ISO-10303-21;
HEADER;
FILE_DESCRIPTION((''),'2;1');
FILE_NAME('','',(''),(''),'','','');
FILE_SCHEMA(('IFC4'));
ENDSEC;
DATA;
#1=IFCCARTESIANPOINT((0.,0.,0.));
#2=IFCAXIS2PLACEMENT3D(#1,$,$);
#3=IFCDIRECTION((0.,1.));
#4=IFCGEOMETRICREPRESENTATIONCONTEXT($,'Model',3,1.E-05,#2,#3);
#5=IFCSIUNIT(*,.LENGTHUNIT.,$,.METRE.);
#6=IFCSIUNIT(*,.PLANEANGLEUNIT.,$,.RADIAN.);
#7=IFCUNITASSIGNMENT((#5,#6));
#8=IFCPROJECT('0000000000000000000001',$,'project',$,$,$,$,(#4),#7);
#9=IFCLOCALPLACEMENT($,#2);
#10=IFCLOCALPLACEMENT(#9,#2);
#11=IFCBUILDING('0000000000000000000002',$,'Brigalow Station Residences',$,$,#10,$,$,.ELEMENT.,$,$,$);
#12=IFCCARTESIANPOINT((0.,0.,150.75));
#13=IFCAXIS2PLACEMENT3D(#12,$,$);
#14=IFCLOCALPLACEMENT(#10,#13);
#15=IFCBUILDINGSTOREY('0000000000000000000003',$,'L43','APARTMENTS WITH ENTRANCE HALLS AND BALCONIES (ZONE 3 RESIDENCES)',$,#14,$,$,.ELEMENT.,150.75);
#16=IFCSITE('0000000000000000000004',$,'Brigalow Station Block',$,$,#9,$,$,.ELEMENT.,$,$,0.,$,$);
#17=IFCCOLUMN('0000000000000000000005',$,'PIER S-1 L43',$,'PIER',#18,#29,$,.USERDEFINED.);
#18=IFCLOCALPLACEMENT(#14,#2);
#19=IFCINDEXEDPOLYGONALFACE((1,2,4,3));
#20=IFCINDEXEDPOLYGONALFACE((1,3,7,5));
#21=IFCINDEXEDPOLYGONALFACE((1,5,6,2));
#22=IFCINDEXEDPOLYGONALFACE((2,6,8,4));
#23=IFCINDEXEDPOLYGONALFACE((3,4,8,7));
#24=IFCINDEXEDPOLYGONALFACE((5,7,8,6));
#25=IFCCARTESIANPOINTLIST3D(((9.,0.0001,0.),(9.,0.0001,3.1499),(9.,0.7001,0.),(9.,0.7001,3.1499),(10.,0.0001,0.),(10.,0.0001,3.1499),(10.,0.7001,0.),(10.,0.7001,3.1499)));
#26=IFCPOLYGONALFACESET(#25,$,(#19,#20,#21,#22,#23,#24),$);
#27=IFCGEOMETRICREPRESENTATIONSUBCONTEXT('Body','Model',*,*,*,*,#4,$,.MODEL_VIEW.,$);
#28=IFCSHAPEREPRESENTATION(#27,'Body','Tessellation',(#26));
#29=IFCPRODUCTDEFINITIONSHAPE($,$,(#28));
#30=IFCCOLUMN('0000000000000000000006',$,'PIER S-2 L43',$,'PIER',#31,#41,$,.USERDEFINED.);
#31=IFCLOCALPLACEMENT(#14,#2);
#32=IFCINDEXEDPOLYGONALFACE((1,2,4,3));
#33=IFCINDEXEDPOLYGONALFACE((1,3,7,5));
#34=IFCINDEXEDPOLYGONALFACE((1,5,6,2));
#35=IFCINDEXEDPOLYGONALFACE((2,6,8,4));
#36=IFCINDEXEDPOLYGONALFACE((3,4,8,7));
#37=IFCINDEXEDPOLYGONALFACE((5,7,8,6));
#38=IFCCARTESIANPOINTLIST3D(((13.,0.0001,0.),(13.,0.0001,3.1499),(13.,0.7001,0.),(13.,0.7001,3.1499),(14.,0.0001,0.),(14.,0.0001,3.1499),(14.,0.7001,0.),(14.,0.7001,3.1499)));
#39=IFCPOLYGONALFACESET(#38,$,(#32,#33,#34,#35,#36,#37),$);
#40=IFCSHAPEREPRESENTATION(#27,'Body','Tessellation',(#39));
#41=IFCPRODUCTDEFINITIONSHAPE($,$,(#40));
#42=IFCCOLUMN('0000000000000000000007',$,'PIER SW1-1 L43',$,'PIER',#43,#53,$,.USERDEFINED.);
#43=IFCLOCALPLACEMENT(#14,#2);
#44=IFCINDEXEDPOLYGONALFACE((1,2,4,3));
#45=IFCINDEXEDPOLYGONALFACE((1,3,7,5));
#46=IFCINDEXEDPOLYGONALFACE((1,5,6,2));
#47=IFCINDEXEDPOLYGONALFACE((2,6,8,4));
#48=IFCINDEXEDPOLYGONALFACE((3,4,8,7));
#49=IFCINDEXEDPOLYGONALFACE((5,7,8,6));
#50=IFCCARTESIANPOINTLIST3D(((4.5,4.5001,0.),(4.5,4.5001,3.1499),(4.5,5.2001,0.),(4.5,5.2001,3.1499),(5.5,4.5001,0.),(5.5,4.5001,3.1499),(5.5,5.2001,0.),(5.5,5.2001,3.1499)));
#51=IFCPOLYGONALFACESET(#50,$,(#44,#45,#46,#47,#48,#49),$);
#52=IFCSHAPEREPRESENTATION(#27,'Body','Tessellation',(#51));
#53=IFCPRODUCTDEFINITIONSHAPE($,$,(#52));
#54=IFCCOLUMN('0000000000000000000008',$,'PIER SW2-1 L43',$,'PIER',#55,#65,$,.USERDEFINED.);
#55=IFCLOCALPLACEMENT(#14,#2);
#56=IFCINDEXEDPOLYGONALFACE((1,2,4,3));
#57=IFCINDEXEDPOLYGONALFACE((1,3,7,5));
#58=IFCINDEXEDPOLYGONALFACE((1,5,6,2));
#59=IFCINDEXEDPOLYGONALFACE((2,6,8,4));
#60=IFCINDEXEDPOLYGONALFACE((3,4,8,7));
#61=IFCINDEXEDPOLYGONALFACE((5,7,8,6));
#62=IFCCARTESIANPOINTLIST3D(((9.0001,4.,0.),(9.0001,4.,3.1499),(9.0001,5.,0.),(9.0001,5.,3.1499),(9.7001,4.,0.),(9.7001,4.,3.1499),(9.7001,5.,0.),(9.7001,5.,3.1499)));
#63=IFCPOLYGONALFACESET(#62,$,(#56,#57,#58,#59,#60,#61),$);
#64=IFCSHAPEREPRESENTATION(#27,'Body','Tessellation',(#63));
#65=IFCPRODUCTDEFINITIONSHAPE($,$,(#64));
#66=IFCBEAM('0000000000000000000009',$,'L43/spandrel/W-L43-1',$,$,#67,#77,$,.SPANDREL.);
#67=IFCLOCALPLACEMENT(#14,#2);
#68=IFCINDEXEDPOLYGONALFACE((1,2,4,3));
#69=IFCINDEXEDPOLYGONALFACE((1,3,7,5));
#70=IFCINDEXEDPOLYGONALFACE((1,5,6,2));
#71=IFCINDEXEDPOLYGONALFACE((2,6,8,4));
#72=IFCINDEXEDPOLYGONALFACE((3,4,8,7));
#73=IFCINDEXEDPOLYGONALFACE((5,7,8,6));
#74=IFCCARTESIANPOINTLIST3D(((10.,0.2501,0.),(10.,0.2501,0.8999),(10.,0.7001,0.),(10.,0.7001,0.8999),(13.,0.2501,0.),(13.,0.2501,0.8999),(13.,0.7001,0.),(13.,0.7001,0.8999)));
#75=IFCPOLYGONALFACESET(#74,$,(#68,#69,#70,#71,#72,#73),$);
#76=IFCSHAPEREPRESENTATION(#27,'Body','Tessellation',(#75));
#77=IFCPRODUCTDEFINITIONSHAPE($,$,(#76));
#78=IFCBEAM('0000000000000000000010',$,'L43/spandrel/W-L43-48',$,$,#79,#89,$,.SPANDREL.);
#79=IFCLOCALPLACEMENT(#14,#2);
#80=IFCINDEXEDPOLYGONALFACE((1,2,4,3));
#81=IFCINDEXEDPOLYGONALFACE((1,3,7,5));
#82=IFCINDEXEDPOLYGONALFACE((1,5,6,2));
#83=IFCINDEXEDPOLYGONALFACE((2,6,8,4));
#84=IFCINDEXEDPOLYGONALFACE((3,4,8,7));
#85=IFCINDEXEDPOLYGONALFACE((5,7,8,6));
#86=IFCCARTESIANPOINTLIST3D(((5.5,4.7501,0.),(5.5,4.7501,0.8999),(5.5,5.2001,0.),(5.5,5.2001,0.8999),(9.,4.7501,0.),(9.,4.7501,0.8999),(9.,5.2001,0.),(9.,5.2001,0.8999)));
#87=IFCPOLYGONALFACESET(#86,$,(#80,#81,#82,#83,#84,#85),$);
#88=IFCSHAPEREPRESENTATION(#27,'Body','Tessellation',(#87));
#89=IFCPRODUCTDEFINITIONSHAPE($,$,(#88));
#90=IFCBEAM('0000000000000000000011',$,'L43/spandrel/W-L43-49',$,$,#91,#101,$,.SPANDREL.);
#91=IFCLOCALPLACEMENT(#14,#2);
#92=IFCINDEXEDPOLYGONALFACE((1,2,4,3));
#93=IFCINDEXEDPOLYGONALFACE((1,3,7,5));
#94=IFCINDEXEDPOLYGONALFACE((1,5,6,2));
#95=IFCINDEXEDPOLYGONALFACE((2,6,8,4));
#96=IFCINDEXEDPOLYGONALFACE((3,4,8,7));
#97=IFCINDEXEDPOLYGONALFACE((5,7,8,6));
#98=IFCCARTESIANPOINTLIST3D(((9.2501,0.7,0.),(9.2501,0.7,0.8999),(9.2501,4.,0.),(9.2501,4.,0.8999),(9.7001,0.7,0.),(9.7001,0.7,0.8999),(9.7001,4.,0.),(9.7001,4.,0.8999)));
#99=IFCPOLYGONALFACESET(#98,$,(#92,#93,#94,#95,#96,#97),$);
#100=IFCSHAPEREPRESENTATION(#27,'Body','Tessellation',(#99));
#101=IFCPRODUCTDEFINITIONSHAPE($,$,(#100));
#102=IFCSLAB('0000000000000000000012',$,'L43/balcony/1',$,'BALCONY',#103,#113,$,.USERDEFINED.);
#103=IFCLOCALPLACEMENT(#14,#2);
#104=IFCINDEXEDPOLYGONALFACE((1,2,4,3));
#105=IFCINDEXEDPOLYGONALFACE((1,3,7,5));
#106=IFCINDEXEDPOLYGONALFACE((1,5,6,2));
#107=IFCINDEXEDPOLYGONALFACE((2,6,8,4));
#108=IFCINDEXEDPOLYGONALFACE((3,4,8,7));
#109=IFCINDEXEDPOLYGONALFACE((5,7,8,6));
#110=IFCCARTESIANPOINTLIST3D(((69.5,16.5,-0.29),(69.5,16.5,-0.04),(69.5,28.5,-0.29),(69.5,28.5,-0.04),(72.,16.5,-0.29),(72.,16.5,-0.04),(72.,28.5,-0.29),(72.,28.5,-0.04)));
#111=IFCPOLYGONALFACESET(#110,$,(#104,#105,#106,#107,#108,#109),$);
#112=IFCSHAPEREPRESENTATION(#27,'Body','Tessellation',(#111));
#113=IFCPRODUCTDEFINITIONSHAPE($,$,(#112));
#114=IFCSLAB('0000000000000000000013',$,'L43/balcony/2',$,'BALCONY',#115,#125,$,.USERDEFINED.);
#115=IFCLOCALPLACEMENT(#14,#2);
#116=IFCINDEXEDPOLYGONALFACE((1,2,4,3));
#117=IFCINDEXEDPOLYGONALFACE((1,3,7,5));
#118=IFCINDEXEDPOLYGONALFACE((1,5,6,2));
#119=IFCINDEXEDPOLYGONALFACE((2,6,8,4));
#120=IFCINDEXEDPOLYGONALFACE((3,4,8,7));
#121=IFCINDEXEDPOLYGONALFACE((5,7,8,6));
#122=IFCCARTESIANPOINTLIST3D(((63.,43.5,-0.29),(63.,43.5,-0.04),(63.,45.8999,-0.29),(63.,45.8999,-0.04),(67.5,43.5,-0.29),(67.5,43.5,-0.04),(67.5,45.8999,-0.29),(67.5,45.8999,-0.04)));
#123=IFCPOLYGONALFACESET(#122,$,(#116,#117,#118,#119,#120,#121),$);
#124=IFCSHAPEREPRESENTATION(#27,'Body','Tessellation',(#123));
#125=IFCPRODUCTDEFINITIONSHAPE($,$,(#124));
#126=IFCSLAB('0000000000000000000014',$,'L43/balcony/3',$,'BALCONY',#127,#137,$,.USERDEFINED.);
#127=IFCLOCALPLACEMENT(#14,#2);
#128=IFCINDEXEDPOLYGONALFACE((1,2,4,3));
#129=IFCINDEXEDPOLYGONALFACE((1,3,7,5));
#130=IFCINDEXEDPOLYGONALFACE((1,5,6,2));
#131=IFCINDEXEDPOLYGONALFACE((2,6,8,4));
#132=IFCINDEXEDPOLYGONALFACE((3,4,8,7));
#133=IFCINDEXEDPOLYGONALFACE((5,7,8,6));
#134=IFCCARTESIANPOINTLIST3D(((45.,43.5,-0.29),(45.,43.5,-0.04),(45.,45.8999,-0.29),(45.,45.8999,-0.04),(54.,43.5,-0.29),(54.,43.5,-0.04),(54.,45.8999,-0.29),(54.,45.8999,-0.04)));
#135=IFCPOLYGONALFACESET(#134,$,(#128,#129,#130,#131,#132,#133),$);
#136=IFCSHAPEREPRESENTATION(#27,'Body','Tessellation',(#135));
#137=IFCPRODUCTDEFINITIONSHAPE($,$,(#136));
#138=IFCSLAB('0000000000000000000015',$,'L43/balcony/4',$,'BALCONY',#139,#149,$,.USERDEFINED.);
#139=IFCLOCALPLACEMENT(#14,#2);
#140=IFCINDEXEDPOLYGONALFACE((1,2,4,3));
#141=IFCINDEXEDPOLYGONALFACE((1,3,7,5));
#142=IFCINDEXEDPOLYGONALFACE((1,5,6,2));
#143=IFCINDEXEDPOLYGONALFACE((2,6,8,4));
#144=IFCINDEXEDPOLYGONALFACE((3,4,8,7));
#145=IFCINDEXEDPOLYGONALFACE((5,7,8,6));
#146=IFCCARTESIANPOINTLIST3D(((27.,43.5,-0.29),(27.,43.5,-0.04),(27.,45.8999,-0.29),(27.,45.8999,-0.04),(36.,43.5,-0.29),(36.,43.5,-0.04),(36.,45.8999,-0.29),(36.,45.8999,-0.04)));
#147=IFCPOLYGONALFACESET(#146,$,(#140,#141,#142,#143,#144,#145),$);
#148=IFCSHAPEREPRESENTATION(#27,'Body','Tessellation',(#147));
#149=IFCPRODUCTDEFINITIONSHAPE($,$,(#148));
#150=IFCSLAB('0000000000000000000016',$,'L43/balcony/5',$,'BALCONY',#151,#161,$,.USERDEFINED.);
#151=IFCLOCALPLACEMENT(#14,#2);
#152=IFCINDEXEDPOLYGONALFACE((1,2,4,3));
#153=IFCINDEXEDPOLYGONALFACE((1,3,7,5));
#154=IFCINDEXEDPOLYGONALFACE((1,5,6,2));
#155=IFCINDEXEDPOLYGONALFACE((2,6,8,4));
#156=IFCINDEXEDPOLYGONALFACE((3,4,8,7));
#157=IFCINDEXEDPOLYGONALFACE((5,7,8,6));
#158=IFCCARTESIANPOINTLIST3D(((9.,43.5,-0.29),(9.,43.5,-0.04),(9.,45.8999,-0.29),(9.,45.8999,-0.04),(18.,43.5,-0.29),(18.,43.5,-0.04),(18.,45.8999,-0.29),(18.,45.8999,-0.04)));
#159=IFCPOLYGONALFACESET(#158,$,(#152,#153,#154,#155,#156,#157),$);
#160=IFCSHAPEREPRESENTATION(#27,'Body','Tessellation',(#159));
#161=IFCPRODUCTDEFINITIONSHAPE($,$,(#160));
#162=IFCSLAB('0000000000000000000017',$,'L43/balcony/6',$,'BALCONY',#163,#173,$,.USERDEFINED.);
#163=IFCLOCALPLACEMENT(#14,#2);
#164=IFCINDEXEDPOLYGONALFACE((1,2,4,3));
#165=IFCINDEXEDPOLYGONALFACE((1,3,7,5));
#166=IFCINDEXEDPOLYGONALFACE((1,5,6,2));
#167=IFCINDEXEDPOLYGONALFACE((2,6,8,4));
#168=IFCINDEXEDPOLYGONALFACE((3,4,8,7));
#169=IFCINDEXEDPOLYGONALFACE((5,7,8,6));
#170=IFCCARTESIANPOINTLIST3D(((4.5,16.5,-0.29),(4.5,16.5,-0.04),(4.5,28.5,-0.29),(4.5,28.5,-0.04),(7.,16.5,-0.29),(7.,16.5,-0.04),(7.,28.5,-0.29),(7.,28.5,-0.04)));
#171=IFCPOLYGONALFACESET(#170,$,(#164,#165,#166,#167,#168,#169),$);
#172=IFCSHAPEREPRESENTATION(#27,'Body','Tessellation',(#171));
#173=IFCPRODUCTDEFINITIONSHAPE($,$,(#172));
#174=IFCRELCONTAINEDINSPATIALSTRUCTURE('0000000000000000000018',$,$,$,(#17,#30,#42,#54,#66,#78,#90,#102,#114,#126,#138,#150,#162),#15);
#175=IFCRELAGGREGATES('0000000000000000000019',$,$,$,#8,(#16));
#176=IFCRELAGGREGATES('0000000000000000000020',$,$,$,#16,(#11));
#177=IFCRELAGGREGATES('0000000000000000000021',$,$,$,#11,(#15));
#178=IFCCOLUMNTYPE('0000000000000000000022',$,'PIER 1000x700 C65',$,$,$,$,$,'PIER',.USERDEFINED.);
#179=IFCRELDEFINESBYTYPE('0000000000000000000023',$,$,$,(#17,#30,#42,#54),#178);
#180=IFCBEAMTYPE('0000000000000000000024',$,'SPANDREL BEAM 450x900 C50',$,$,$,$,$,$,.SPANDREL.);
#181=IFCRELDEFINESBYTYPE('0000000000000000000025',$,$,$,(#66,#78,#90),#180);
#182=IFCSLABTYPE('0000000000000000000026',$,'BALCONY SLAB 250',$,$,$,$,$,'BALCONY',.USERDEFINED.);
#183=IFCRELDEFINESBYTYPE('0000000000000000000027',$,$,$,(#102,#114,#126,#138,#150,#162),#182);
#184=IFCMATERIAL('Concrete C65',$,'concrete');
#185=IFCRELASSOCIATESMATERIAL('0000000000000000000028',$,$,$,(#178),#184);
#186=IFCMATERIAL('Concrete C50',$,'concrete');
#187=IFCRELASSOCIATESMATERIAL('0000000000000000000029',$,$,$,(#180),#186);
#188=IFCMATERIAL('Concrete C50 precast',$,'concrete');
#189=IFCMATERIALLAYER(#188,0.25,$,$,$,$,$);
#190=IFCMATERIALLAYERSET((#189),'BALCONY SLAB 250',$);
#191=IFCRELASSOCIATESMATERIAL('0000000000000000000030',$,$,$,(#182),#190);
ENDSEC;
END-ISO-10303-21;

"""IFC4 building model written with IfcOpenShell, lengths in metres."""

from ifc_helpers import new_model, si_unit, direction, frame, origin, origin_2d, place, context, subcontext, project, spatial, polyline, rectangle, outline, extrude, material, layer, layer_set, material_profile, profile_set, type_object, element, save


model = new_model("IFC4")

# Units and contexts
model_context = context("Model", 3, precision=1e-05, world=origin(), true_north=direction((0.0, 1.0)))
body_context = subcontext(model_context, "Body", "Model", "MODEL_VIEW")
ifc_project = project(units=[si_unit("LENGTHUNIT", "METRE"), si_unit("PLANEANGLEUNIT", "RADIAN")], contexts=[model_context])

# Site, building, storey
site_placement = place(None, origin())
site = spatial("IfcSite", under=ifc_project, at=site_placement, Name="Brigalow Station Block", CompositionType="ELEMENT", RefElevation=0.0)
building_placement = place(site_placement, origin())
building = spatial("IfcBuilding", under=site, at=building_placement, Name="Brigalow Station Residences", CompositionType="ELEMENT")
storey_placement = place(building_placement, frame((0.0, 0.0, 150.75)))
storey = spatial("IfcBuildingStorey", under=building, at=storey_placement, Name="L43", Description="APARTMENTS WITH ENTRANCE HALLS AND BALCONIES (ZONE 3 RESIDENCES)", CompositionType="ELEMENT", Elevation=150.75)

# Columns
ifc_material_1 = material(Name="Concrete C65", Category="concrete")
ifc_material_profile_1 = material_profile(ifc_material_1, rectangle(XDim=1.0, YDim=0.7, at=origin_2d()), Name="RC1000x700")
ifc_profile_set_1 = profile_set([ifc_material_profile_1], Name="Concrete C65")
column_type = type_object("IfcColumnType", Name="PIER 1000x700 C65", ElementType="PIER", PredefinedType="USERDEFINED", material=ifc_profile_set_1)
for number, where, z_axis, x_axis, name in (
    (1, (9.5, 0.3501, 0.0), (0.0, 0.0, 1.0), (1.0, 0.0, 0.0), "PIER S-1 L43"),
    (2, (13.5, 0.3501, 0.0), (0.0, 0.0, 1.0), (1.0, 0.0, 0.0), "PIER S-2 L43"),
    (3, (5.0, 4.8501, 0.0), (0.0, 0.0, 1.0), (1.0, 0.0, 0.0), "PIER SW1-1 L43"),
    (4, (9.3501, 4.5, 0.0), (0.0, 0.0, 1.0), (0.0, -1.0, 0.0), "PIER SW2-1 L43"),
):
    element("IfcColumn", number, at=place(storey_placement, frame(where, z_axis=z_axis, x_axis=x_axis)), inside=storey, type_object=column_type, Name=name, ObjectType="PIER", PredefinedType="USERDEFINED", context=body_context, shape_type="SweptSolid", body=[
        extrude(rectangle(XDim=1.0, YDim=0.7, at=origin_2d()), origin(), (0.0, 0.0, 1.0), 3.1499),
    ])

# Beams
ifc_material_2 = material(Name="Concrete C50", Category="concrete")
ifc_material_profile_2 = material_profile(ifc_material_2, rectangle(XDim=0.45, YDim=0.8999, at=origin_2d()), Name="RC450x900")
ifc_profile_set_2 = profile_set([ifc_material_profile_2], Name="Concrete C50")
beam_type = type_object("IfcBeamType", Name="SPANDREL BEAM 450x900 C50", PredefinedType="SPANDREL", material=ifc_profile_set_2)
beam_1_placement = place(storey_placement, frame((10.0, 0.4751, 0.45), z_axis=(1.0, 0.0, 0.0), x_axis=(0.0, 1.0, 0.0)))
element("IfcBeam", 5, at=beam_1_placement, inside=storey, type_object=beam_type, Name="L43/spandrel/W-L43-1", PredefinedType="SPANDREL", context=body_context, shape_type="SweptSolid", body=[
    extrude(rectangle(XDim=0.45, YDim=0.8999, at=origin_2d()), origin(), (0.0, 0.0, 1.0), 3.0),
])
beam_2_placement = place(storey_placement, frame((5.5, 4.9751, 0.45), z_axis=(1.0, 0.0, 0.0), x_axis=(0.0, 1.0, 0.0)))
element("IfcBeam", 6, at=beam_2_placement, inside=storey, type_object=beam_type, Name="L43/spandrel/W-L43-48", PredefinedType="SPANDREL", context=body_context, shape_type="SweptSolid", body=[
    extrude(rectangle(XDim=0.45, YDim=0.8999, at=origin_2d()), origin(), (0.0, 0.0, 1.0), 3.5),
])
beam_3_placement = place(storey_placement, frame((9.4751, 4.0, 0.45), z_axis=(0.0, -1.0, 0.0), x_axis=(1.0, 0.0, 0.0)))
element("IfcBeam", 7, at=beam_3_placement, inside=storey, type_object=beam_type, Name="L43/spandrel/W-L43-49", PredefinedType="SPANDREL", context=body_context, shape_type="SweptSolid", body=[
    extrude(rectangle(XDim=0.45, YDim=0.8999, at=origin_2d()), origin(), (0.0, 0.0, 1.0), 3.3),
])

# Slabs
ifc_material_3 = material(Name="Concrete C50 precast", Category="concrete")
ifc_layer_1 = layer(ifc_material_3, 0.25)
ifc_layer_set_1 = layer_set([ifc_layer_1], Name="BALCONY SLAB 250")
slab_type_1 = type_object("IfcSlabType", Name="BALCONY SLAB 250", ElementType="BALCONY", PredefinedType="USERDEFINED", material=ifc_layer_set_1)
slab_1_placement = place(storey_placement, frame((0.0, 0.0, -0.29)))
element("IfcSlab", 8, at=slab_1_placement, inside=storey, type_object=slab_type_1, Name="L43/balcony/1", ObjectType="BALCONY", PredefinedType="USERDEFINED", context=body_context, shape_type="SweptSolid", body=[
    extrude(outline(polyline([(69.5, 16.5), (72.0, 16.5), (72.0, 28.5), (69.5, 28.5), (69.5, 16.5)])), origin(), (0.0, 0.0, 1.0), 0.25),
])
slab_2_placement = place(storey_placement, frame((0.0, 0.0, -0.29)))
element("IfcSlab", 9, at=slab_2_placement, inside=storey, type_object=slab_type_1, Name="L43/balcony/2", ObjectType="BALCONY", PredefinedType="USERDEFINED", context=body_context, shape_type="SweptSolid", body=[
    extrude(outline(polyline([(67.5, 43.5), (67.5, 45.8999), (63.0, 45.8999), (63.0, 43.5), (67.5, 43.5)])), origin(), (0.0, 0.0, 1.0), 0.25),
])
slab_3_placement = place(storey_placement, frame((0.0, 0.0, -0.29)))
element("IfcSlab", 10, at=slab_3_placement, inside=storey, type_object=slab_type_1, Name="L43/balcony/3", ObjectType="BALCONY", PredefinedType="USERDEFINED", context=body_context, shape_type="SweptSolid", body=[
    extrude(outline(polyline([(54.0, 43.5), (54.0, 45.8999), (45.0, 45.8999), (45.0, 43.5), (54.0, 43.5)])), origin(), (0.0, 0.0, 1.0), 0.25),
])
slab_4_placement = place(storey_placement, frame((0.0, 0.0, -0.29)))
element("IfcSlab", 11, at=slab_4_placement, inside=storey, type_object=slab_type_1, Name="L43/balcony/4", ObjectType="BALCONY", PredefinedType="USERDEFINED", context=body_context, shape_type="SweptSolid", body=[
    extrude(outline(polyline([(36.0, 43.5), (36.0, 45.8999), (27.0, 45.8999), (27.0, 43.5), (36.0, 43.5)])), origin(), (0.0, 0.0, 1.0), 0.25),
])
slab_5_placement = place(storey_placement, frame((0.0, 0.0, -0.29)))
element("IfcSlab", 12, at=slab_5_placement, inside=storey, type_object=slab_type_1, Name="L43/balcony/5", ObjectType="BALCONY", PredefinedType="USERDEFINED", context=body_context, shape_type="SweptSolid", body=[
    extrude(outline(polyline([(18.0, 43.5), (18.0, 45.8999), (9.0, 45.8999), (9.0, 43.5), (18.0, 43.5)])), origin(), (0.0, 0.0, 1.0), 0.25),
])
slab_6_placement = place(storey_placement, frame((0.0, 0.0, -0.29)))
element("IfcSlab", 13, at=slab_6_placement, inside=storey, type_object=slab_type_1, Name="L43/balcony/6", ObjectType="BALCONY", PredefinedType="USERDEFINED", context=body_context, shape_type="SweptSolid", body=[
    extrude(outline(polyline([(7.0, 28.5), (4.5, 28.5), (4.5, 16.5), (7.0, 16.5), (7.0, 28.5)])), origin(), (0.0, 0.0, 1.0), 0.25),
])

save(model, "model.ifc")
